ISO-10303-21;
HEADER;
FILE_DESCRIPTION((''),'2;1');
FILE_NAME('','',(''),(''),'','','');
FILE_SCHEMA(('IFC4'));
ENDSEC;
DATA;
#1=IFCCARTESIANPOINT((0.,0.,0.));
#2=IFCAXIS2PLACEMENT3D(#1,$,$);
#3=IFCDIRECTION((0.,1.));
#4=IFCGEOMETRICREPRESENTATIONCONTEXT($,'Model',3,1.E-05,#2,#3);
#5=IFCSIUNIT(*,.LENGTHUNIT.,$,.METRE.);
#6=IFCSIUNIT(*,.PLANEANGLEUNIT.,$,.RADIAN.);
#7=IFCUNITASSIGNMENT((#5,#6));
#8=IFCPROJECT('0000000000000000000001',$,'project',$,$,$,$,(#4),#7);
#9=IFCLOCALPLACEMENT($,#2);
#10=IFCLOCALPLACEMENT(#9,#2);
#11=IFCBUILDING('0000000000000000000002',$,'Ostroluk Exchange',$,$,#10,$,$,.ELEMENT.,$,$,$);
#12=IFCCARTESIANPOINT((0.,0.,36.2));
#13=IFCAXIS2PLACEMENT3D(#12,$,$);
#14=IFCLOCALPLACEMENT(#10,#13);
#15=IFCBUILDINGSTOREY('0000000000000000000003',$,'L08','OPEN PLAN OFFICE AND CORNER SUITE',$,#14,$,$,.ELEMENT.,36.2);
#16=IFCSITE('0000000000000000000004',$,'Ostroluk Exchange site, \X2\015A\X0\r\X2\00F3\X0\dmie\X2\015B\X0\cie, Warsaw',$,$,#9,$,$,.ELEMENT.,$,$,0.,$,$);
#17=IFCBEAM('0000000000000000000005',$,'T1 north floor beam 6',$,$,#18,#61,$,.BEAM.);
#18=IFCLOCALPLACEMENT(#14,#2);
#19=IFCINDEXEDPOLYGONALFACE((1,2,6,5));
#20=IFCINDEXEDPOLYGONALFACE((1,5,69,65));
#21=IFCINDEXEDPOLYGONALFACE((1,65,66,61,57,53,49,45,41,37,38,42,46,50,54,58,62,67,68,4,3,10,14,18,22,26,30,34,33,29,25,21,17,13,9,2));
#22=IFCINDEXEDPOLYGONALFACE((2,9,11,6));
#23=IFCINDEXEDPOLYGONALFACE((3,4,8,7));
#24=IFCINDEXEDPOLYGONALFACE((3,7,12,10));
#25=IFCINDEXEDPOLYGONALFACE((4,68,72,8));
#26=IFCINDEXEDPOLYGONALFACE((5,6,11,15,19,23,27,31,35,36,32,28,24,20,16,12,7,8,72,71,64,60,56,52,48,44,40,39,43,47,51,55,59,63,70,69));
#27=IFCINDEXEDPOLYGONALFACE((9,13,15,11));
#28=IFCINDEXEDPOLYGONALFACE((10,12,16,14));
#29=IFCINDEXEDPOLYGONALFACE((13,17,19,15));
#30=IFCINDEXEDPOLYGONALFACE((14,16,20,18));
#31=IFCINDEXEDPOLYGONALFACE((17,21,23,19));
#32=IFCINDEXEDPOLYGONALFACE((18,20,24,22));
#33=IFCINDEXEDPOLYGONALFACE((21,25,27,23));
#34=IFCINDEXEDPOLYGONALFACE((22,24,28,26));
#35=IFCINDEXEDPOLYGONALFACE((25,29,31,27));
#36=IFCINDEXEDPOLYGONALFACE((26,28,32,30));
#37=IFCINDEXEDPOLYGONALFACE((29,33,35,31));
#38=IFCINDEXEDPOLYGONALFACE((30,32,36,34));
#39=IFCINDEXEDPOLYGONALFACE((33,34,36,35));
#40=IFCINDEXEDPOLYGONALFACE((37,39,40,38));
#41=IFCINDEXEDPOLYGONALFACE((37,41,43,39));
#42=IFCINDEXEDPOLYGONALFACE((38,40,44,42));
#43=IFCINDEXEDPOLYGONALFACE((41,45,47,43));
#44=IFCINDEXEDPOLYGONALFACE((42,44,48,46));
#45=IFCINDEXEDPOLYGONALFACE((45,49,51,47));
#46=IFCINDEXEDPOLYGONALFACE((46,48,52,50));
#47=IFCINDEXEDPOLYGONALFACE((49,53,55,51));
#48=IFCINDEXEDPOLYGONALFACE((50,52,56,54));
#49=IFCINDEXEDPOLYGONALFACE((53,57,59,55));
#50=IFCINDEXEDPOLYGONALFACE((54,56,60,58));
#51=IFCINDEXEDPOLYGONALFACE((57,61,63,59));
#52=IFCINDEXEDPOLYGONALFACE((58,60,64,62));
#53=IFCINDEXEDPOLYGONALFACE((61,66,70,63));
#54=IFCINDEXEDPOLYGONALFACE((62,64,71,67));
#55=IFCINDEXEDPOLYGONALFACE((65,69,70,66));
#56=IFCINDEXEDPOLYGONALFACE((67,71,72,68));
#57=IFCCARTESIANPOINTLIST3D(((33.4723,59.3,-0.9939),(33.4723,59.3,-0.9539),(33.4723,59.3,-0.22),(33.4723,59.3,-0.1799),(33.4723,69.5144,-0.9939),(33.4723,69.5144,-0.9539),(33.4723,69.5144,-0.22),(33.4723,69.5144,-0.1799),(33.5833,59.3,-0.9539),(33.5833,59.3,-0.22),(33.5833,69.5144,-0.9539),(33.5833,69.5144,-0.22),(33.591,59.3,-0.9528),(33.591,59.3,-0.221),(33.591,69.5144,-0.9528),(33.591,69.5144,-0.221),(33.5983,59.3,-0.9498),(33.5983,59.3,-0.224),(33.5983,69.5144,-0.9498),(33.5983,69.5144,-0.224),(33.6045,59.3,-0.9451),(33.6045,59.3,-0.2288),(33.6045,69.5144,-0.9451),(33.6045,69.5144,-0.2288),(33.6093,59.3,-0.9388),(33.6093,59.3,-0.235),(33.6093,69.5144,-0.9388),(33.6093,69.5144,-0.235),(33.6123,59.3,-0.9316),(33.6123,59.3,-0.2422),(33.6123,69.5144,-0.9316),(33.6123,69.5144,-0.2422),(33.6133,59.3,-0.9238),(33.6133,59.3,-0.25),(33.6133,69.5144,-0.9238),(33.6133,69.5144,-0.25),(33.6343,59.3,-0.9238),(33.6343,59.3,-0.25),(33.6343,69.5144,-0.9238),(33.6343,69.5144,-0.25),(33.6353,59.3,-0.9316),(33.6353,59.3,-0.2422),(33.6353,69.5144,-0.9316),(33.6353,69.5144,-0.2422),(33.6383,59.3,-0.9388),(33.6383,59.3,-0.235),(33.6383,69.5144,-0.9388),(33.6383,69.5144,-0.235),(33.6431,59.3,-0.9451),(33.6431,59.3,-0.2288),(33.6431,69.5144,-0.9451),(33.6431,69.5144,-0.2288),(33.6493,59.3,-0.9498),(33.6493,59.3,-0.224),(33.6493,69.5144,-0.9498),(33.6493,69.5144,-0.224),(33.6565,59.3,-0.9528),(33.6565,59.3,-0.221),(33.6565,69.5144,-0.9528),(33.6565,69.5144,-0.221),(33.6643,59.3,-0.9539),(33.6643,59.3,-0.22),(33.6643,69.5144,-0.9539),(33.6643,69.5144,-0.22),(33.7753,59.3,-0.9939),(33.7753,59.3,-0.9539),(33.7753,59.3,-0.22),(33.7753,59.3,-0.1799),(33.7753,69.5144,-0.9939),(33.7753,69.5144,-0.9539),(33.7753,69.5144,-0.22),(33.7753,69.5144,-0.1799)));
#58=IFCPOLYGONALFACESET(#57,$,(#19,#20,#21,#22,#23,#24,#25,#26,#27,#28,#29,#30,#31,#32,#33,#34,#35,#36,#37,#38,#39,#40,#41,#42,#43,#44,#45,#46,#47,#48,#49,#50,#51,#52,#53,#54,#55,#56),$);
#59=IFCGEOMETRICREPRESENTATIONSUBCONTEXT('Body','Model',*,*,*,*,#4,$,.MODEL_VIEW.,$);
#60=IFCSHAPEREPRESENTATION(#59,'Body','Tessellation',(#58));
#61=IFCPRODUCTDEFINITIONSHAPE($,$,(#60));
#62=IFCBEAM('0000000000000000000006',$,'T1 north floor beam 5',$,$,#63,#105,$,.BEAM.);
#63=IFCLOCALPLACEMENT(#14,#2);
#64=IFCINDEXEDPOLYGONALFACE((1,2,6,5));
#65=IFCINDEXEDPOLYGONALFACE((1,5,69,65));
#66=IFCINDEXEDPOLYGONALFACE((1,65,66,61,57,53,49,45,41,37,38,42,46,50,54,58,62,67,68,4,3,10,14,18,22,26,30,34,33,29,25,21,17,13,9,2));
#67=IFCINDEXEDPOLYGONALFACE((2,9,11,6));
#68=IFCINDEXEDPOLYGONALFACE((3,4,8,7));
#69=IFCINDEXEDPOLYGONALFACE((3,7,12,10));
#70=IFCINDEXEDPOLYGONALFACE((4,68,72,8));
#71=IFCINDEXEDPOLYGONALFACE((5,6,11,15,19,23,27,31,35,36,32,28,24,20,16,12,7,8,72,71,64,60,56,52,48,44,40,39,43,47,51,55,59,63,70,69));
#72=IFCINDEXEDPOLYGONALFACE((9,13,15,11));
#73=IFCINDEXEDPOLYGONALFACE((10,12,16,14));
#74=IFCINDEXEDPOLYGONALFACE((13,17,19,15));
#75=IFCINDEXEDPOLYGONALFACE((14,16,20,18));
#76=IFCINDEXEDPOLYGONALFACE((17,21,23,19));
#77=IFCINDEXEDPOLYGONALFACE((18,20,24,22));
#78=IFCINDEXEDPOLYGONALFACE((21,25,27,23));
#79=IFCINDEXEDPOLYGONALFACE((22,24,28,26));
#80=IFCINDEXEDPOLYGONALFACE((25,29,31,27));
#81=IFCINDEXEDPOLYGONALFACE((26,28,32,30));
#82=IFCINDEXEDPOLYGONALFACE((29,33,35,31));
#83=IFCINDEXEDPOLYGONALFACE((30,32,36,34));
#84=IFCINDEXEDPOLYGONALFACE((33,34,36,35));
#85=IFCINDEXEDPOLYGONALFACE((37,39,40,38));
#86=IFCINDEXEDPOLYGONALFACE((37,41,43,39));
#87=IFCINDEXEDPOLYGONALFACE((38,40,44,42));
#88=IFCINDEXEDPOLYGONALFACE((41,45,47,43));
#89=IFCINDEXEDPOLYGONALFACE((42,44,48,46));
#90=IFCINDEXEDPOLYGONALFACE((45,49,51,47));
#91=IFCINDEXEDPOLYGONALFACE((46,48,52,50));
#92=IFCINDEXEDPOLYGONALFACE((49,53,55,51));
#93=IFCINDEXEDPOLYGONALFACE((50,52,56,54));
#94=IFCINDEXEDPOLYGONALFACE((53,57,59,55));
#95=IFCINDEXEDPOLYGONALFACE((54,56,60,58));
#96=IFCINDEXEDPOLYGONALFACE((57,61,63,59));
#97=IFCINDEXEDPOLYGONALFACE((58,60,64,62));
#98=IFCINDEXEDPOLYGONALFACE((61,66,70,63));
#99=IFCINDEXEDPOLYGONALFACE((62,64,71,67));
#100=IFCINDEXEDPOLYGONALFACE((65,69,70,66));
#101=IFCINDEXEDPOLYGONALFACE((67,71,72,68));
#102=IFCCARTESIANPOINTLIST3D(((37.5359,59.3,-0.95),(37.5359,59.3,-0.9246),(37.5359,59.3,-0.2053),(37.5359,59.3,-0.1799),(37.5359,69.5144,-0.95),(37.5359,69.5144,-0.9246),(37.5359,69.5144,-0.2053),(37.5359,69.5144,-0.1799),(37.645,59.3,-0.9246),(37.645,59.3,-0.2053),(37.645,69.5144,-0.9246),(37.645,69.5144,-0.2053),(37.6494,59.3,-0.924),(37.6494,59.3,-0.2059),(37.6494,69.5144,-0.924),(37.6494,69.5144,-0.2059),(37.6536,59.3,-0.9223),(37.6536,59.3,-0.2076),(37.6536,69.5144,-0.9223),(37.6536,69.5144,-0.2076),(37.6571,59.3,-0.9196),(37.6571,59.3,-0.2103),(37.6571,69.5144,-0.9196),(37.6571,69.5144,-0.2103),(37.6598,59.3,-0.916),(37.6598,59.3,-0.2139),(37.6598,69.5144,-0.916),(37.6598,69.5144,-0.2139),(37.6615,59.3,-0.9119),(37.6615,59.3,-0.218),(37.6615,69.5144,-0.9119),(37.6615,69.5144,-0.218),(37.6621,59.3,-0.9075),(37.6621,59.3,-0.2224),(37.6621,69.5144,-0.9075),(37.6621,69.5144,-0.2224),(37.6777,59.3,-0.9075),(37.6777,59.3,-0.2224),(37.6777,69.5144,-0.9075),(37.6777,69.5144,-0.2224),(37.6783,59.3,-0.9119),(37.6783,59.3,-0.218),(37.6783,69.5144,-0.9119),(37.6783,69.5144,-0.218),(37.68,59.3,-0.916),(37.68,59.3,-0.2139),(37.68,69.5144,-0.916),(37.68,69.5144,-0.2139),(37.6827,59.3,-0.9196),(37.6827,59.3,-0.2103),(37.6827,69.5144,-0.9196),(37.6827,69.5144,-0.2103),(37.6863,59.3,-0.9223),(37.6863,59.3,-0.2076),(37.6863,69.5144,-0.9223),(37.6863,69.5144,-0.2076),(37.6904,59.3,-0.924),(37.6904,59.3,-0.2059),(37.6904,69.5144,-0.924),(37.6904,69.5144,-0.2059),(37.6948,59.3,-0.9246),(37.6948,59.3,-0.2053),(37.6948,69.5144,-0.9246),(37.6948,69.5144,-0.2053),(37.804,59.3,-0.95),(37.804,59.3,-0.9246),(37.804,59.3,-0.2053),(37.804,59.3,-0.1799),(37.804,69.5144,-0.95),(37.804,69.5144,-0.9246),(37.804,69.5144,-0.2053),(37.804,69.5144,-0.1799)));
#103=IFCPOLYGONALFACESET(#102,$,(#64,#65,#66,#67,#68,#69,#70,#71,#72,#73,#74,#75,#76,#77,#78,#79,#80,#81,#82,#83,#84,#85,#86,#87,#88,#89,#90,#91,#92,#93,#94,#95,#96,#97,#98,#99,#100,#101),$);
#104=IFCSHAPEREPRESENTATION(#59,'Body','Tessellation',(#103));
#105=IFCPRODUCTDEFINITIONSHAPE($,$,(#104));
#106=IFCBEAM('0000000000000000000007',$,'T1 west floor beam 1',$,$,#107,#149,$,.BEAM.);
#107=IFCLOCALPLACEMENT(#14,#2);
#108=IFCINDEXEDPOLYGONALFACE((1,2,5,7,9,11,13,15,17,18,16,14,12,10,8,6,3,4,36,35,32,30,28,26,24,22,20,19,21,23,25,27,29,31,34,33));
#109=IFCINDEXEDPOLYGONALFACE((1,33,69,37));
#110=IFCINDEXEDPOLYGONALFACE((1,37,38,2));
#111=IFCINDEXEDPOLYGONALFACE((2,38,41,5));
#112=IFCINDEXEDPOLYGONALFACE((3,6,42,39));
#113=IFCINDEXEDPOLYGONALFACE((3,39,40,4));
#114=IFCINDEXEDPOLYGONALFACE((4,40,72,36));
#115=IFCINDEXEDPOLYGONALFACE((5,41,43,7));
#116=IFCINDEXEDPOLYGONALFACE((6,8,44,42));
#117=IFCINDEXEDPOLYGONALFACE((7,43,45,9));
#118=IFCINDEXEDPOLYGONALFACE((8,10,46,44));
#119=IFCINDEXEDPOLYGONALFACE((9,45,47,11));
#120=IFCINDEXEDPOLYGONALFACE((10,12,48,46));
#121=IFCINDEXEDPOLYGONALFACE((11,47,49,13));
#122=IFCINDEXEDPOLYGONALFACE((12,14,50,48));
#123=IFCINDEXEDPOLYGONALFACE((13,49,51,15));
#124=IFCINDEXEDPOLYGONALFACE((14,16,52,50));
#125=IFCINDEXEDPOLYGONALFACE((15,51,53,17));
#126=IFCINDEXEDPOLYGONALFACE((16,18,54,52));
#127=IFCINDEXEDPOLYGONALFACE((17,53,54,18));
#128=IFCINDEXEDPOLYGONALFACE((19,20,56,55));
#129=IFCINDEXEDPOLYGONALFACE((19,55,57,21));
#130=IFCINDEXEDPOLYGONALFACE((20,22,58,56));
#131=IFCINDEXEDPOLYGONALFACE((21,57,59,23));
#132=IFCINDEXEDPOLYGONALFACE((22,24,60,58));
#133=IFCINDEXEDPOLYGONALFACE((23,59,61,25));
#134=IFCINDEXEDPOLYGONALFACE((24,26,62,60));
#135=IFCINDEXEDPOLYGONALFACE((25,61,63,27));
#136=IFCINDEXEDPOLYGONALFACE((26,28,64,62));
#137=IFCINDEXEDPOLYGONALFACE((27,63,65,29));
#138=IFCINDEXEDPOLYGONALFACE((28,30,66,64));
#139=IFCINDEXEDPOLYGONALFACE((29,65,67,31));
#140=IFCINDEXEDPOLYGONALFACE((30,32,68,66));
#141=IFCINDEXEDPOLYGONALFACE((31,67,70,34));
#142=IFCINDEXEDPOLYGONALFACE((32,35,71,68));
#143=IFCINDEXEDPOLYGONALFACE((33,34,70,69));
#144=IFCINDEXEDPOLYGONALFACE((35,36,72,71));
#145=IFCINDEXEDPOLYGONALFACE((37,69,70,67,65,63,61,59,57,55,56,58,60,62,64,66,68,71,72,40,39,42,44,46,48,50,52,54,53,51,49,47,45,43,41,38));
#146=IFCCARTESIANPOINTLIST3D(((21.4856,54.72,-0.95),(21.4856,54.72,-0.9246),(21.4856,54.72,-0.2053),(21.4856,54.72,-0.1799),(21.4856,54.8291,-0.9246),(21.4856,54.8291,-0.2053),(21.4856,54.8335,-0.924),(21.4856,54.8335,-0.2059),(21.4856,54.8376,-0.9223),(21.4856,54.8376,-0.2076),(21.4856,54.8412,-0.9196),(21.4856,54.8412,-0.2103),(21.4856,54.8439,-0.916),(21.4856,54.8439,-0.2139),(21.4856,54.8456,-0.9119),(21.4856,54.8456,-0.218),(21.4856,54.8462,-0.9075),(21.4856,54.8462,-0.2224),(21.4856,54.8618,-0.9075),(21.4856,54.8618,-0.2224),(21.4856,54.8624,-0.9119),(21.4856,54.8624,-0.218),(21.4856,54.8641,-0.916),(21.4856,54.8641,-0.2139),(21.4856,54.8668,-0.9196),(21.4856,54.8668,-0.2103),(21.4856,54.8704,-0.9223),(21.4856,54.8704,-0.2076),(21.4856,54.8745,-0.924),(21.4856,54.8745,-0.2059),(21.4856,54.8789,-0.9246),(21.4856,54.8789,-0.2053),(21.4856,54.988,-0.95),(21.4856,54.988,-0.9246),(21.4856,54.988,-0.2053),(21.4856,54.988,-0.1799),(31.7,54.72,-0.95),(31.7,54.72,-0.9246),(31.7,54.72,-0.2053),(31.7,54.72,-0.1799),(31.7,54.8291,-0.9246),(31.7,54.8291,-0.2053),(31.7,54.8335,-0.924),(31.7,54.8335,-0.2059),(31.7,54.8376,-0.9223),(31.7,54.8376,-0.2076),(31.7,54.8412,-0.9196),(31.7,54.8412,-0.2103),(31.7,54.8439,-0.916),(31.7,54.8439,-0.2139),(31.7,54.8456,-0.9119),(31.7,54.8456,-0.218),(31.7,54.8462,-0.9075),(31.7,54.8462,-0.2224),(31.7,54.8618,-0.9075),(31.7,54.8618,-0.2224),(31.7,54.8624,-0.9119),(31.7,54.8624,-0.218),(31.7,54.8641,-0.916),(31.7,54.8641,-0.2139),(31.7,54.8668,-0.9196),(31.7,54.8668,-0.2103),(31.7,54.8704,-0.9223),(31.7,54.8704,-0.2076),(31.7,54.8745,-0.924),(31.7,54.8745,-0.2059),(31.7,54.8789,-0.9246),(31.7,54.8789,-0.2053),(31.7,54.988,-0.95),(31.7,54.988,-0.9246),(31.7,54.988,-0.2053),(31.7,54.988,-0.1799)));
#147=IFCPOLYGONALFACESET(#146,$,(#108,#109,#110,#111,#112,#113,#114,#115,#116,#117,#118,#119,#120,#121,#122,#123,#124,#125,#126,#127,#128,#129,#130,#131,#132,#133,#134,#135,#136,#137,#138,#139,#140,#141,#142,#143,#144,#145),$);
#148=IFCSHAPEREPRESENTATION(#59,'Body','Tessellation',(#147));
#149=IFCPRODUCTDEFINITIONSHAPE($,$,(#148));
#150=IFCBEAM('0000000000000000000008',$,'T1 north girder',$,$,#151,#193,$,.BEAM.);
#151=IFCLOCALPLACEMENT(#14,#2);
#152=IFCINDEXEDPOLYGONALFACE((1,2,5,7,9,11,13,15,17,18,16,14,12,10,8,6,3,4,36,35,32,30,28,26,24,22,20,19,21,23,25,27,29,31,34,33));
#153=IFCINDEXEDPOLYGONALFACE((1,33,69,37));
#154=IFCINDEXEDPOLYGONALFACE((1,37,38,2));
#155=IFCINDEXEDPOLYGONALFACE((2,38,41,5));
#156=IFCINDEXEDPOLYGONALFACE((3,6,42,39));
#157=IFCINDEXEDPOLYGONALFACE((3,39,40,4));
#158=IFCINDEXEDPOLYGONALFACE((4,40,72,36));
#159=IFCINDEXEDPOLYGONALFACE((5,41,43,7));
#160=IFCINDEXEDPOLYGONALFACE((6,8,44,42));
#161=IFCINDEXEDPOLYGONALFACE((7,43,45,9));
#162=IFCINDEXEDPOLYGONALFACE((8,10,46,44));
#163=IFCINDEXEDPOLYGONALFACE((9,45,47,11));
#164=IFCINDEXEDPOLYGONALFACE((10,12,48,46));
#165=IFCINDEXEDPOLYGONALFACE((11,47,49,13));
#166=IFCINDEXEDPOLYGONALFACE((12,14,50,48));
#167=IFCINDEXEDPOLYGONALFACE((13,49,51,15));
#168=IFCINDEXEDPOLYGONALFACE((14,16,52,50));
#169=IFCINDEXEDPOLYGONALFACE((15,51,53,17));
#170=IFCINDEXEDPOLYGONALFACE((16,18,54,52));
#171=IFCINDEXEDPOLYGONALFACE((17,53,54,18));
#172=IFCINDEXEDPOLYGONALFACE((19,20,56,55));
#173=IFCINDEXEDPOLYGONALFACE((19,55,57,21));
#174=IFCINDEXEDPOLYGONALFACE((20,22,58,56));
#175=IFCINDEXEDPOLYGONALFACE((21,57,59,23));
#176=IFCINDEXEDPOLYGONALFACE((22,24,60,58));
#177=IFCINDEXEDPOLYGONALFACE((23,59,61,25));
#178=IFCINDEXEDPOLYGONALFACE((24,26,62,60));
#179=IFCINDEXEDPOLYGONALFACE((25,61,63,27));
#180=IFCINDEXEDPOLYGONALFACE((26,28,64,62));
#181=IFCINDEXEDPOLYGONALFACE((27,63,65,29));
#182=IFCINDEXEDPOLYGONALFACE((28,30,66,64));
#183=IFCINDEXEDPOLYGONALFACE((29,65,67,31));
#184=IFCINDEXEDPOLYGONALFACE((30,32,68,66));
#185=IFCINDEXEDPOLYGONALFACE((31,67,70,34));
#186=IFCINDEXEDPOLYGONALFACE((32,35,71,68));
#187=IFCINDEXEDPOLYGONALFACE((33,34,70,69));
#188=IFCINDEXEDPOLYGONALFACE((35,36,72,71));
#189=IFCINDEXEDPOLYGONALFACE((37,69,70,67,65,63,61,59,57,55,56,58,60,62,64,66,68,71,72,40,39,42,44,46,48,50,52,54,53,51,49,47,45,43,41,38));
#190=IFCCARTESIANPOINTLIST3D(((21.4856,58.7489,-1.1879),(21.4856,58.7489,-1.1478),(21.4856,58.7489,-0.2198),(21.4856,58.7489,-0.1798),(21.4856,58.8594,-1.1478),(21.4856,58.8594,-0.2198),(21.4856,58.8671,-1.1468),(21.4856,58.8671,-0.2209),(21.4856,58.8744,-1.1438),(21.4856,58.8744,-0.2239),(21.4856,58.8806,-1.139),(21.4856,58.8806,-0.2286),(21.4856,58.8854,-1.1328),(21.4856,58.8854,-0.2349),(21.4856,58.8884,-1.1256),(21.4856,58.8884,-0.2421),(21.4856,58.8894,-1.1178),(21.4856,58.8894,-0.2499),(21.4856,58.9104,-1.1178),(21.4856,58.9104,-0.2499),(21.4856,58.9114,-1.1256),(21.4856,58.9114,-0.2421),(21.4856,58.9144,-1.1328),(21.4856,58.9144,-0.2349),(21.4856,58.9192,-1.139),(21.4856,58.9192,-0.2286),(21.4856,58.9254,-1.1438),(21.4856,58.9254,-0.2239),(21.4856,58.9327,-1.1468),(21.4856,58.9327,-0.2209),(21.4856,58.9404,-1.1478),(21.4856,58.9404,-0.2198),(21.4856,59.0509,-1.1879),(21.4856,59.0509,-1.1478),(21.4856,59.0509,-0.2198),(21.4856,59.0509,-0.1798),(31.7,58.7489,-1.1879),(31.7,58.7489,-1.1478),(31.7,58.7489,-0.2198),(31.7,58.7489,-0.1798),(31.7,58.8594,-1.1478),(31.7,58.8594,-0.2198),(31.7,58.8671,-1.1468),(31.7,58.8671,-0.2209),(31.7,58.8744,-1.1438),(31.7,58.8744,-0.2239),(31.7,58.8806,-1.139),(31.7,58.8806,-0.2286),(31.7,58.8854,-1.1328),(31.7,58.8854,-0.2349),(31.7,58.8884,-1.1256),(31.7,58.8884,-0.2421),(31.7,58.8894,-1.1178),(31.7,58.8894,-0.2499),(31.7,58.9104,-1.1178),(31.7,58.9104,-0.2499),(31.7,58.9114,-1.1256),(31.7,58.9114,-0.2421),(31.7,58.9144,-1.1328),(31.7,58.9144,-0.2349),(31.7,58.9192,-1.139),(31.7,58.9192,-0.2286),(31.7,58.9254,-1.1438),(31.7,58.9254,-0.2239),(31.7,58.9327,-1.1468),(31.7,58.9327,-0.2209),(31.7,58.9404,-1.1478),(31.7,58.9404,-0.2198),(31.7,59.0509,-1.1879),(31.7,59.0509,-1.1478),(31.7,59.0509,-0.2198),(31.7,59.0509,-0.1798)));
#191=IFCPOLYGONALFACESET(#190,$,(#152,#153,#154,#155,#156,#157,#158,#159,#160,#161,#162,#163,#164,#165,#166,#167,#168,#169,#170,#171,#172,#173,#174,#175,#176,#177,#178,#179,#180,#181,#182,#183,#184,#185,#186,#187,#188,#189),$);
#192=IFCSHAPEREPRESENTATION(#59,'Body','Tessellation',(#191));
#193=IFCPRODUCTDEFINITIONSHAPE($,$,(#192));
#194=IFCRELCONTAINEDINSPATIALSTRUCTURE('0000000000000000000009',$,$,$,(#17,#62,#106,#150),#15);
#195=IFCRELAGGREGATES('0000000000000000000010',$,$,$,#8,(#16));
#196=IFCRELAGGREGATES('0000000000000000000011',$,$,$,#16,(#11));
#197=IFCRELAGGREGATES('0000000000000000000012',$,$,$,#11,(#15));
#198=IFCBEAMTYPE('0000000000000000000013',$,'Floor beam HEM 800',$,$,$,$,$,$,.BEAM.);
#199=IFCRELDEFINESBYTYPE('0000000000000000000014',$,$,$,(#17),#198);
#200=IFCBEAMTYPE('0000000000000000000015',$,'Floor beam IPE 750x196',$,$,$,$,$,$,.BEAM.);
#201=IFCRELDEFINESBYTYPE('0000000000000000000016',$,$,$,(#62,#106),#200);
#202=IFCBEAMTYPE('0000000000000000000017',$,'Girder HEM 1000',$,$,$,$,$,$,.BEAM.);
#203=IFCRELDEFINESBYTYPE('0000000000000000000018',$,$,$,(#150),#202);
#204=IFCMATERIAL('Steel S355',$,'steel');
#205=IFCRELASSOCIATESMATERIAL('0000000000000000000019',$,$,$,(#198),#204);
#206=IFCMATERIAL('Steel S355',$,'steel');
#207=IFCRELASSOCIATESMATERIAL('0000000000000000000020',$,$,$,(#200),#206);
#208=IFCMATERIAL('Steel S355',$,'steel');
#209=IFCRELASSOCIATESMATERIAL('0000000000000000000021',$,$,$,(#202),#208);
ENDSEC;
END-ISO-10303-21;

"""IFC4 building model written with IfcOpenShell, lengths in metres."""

from ifc_helpers import new_model, si_unit, direction, frame, origin, origin_2d, place, context, subcontext, project, spatial, i_section, extrude, material, material_profile, profile_set, type_object, element, save


model = new_model("IFC4")

# Units and contexts
model_context = context("Model", 3, precision=1e-05, world=origin(), true_north=direction((0.0, 1.0)))
body_context = subcontext(model_context, "Body", "Model", "MODEL_VIEW")
ifc_project = project(units=[si_unit("LENGTHUNIT", "METRE"), si_unit("PLANEANGLEUNIT", "RADIAN")], contexts=[model_context])

# Site, building, storey
site_placement = place(None, origin())
site = spatial("IfcSite", under=ifc_project, at=site_placement, Name="Ostroluk Exchange site, Śródmieście, Warsaw", CompositionType="ELEMENT", RefElevation=0.0)
building_placement = place(site_placement, origin())
building = spatial("IfcBuilding", under=site, at=building_placement, Name="Ostroluk Exchange", CompositionType="ELEMENT")
storey_placement = place(building_placement, frame((0.0, 0.0, 36.2)))
storey = spatial("IfcBuildingStorey", under=building, at=storey_placement, Name="L08", Description="OPEN PLAN OFFICE AND CORNER SUITE", CompositionType="ELEMENT", Elevation=36.2)

# Beams
ifc_material_1 = material(Name="Steel S355", Category="steel")
ifc_material_profile_1 = material_profile(ifc_material_1, i_section(OverallWidth=0.303, OverallDepth=0.814, WebThickness=0.021, FlangeThickness=0.04, FilletRadius=0.03, at=origin_2d()), Name="HEM 800")
ifc_profile_set_1 = profile_set([ifc_material_profile_1], Name="Steel S355")
beam_type_1 = type_object("IfcBeamType", Name="Floor beam HEM 800", PredefinedType="BEAM", material=ifc_profile_set_1)
beam_1_placement = place(storey_placement, frame((33.6238, 59.3, -0.5869), z_axis=(0.0, 1.0, 0.0), x_axis=(-1.0, 0.0, 0.0)))
element("IfcBeam", 1, at=beam_1_placement, inside=storey, type_object=beam_type_1, Name="T1 north floor beam 6", PredefinedType="BEAM", context=body_context, shape_type="SweptSolid", body=[
    extrude(i_section(OverallWidth=0.303, OverallDepth=0.814, WebThickness=0.021, FlangeThickness=0.04, FilletRadius=0.03, at=origin_2d()), origin(), (0.0, 0.0, 1.0), 10.2144),
])
ifc_material_2 = material(Name="Steel S355", Category="steel")
ifc_material_profile_2 = material_profile(ifc_material_2, i_section(OverallWidth=0.2681, OverallDepth=0.77, WebThickness=0.0156, FlangeThickness=0.0254, FilletRadius=0.0171, at=origin_2d()), Name="IPE 750x196")
ifc_profile_set_2 = profile_set([ifc_material_profile_2], Name="Steel S355")
beam_type_2 = type_object("IfcBeamType", Name="Floor beam IPE 750x196", PredefinedType="BEAM", material=ifc_profile_set_2)
for number, where, z_axis, x_axis, name in (
    (2, (37.6699, 59.3, -0.5649), (0.0, 1.0, 0.0), (-1.0, 0.0, 0.0), "T1 north floor beam 5"),
    (3, (31.7, 54.854, -0.5649), (-1.0, 0.0, 0.0), (0.0, -1.0, 0.0), "T1 west floor beam 1"),
):
    element("IfcBeam", number, at=place(storey_placement, frame(where, z_axis=z_axis, x_axis=x_axis)), inside=storey, type_object=beam_type_2, Name=name, PredefinedType="BEAM", context=body_context, shape_type="SweptSolid", body=[
        extrude(i_section(OverallWidth=0.2681, OverallDepth=0.77, WebThickness=0.0156, FlangeThickness=0.0254, FilletRadius=0.0171, at=origin_2d()), origin(), (0.0, 0.0, 1.0), 10.2144),
    ])
ifc_material_3 = material(Name="Steel S355", Category="steel")
ifc_material_profile_3 = material_profile(ifc_material_3, i_section(OverallWidth=0.302, OverallDepth=1.0081, WebThickness=0.021, FlangeThickness=0.04, FilletRadius=0.03, at=origin_2d()), Name="HEM 1000")
ifc_profile_set_3 = profile_set([ifc_material_profile_3], Name="Steel S355")
beam_type_3 = type_object("IfcBeamType", Name="Girder HEM 1000", PredefinedType="BEAM", material=ifc_profile_set_3)
beam_2_placement = place(storey_placement, frame((31.7, 58.8999, -0.6838), z_axis=(-1.0, 0.0, 0.0), x_axis=(0.0, -1.0, 0.0)))
element("IfcBeam", 4, at=beam_2_placement, inside=storey, type_object=beam_type_3, Name="T1 north girder", PredefinedType="BEAM", context=body_context, shape_type="SweptSolid", body=[
    extrude(i_section(OverallWidth=0.302, OverallDepth=1.0081, WebThickness=0.021, FlangeThickness=0.04, FilletRadius=0.03, at=origin_2d()), origin(), (0.0, 0.0, 1.0), 10.2144),
])

save(model, "model.ifc")
